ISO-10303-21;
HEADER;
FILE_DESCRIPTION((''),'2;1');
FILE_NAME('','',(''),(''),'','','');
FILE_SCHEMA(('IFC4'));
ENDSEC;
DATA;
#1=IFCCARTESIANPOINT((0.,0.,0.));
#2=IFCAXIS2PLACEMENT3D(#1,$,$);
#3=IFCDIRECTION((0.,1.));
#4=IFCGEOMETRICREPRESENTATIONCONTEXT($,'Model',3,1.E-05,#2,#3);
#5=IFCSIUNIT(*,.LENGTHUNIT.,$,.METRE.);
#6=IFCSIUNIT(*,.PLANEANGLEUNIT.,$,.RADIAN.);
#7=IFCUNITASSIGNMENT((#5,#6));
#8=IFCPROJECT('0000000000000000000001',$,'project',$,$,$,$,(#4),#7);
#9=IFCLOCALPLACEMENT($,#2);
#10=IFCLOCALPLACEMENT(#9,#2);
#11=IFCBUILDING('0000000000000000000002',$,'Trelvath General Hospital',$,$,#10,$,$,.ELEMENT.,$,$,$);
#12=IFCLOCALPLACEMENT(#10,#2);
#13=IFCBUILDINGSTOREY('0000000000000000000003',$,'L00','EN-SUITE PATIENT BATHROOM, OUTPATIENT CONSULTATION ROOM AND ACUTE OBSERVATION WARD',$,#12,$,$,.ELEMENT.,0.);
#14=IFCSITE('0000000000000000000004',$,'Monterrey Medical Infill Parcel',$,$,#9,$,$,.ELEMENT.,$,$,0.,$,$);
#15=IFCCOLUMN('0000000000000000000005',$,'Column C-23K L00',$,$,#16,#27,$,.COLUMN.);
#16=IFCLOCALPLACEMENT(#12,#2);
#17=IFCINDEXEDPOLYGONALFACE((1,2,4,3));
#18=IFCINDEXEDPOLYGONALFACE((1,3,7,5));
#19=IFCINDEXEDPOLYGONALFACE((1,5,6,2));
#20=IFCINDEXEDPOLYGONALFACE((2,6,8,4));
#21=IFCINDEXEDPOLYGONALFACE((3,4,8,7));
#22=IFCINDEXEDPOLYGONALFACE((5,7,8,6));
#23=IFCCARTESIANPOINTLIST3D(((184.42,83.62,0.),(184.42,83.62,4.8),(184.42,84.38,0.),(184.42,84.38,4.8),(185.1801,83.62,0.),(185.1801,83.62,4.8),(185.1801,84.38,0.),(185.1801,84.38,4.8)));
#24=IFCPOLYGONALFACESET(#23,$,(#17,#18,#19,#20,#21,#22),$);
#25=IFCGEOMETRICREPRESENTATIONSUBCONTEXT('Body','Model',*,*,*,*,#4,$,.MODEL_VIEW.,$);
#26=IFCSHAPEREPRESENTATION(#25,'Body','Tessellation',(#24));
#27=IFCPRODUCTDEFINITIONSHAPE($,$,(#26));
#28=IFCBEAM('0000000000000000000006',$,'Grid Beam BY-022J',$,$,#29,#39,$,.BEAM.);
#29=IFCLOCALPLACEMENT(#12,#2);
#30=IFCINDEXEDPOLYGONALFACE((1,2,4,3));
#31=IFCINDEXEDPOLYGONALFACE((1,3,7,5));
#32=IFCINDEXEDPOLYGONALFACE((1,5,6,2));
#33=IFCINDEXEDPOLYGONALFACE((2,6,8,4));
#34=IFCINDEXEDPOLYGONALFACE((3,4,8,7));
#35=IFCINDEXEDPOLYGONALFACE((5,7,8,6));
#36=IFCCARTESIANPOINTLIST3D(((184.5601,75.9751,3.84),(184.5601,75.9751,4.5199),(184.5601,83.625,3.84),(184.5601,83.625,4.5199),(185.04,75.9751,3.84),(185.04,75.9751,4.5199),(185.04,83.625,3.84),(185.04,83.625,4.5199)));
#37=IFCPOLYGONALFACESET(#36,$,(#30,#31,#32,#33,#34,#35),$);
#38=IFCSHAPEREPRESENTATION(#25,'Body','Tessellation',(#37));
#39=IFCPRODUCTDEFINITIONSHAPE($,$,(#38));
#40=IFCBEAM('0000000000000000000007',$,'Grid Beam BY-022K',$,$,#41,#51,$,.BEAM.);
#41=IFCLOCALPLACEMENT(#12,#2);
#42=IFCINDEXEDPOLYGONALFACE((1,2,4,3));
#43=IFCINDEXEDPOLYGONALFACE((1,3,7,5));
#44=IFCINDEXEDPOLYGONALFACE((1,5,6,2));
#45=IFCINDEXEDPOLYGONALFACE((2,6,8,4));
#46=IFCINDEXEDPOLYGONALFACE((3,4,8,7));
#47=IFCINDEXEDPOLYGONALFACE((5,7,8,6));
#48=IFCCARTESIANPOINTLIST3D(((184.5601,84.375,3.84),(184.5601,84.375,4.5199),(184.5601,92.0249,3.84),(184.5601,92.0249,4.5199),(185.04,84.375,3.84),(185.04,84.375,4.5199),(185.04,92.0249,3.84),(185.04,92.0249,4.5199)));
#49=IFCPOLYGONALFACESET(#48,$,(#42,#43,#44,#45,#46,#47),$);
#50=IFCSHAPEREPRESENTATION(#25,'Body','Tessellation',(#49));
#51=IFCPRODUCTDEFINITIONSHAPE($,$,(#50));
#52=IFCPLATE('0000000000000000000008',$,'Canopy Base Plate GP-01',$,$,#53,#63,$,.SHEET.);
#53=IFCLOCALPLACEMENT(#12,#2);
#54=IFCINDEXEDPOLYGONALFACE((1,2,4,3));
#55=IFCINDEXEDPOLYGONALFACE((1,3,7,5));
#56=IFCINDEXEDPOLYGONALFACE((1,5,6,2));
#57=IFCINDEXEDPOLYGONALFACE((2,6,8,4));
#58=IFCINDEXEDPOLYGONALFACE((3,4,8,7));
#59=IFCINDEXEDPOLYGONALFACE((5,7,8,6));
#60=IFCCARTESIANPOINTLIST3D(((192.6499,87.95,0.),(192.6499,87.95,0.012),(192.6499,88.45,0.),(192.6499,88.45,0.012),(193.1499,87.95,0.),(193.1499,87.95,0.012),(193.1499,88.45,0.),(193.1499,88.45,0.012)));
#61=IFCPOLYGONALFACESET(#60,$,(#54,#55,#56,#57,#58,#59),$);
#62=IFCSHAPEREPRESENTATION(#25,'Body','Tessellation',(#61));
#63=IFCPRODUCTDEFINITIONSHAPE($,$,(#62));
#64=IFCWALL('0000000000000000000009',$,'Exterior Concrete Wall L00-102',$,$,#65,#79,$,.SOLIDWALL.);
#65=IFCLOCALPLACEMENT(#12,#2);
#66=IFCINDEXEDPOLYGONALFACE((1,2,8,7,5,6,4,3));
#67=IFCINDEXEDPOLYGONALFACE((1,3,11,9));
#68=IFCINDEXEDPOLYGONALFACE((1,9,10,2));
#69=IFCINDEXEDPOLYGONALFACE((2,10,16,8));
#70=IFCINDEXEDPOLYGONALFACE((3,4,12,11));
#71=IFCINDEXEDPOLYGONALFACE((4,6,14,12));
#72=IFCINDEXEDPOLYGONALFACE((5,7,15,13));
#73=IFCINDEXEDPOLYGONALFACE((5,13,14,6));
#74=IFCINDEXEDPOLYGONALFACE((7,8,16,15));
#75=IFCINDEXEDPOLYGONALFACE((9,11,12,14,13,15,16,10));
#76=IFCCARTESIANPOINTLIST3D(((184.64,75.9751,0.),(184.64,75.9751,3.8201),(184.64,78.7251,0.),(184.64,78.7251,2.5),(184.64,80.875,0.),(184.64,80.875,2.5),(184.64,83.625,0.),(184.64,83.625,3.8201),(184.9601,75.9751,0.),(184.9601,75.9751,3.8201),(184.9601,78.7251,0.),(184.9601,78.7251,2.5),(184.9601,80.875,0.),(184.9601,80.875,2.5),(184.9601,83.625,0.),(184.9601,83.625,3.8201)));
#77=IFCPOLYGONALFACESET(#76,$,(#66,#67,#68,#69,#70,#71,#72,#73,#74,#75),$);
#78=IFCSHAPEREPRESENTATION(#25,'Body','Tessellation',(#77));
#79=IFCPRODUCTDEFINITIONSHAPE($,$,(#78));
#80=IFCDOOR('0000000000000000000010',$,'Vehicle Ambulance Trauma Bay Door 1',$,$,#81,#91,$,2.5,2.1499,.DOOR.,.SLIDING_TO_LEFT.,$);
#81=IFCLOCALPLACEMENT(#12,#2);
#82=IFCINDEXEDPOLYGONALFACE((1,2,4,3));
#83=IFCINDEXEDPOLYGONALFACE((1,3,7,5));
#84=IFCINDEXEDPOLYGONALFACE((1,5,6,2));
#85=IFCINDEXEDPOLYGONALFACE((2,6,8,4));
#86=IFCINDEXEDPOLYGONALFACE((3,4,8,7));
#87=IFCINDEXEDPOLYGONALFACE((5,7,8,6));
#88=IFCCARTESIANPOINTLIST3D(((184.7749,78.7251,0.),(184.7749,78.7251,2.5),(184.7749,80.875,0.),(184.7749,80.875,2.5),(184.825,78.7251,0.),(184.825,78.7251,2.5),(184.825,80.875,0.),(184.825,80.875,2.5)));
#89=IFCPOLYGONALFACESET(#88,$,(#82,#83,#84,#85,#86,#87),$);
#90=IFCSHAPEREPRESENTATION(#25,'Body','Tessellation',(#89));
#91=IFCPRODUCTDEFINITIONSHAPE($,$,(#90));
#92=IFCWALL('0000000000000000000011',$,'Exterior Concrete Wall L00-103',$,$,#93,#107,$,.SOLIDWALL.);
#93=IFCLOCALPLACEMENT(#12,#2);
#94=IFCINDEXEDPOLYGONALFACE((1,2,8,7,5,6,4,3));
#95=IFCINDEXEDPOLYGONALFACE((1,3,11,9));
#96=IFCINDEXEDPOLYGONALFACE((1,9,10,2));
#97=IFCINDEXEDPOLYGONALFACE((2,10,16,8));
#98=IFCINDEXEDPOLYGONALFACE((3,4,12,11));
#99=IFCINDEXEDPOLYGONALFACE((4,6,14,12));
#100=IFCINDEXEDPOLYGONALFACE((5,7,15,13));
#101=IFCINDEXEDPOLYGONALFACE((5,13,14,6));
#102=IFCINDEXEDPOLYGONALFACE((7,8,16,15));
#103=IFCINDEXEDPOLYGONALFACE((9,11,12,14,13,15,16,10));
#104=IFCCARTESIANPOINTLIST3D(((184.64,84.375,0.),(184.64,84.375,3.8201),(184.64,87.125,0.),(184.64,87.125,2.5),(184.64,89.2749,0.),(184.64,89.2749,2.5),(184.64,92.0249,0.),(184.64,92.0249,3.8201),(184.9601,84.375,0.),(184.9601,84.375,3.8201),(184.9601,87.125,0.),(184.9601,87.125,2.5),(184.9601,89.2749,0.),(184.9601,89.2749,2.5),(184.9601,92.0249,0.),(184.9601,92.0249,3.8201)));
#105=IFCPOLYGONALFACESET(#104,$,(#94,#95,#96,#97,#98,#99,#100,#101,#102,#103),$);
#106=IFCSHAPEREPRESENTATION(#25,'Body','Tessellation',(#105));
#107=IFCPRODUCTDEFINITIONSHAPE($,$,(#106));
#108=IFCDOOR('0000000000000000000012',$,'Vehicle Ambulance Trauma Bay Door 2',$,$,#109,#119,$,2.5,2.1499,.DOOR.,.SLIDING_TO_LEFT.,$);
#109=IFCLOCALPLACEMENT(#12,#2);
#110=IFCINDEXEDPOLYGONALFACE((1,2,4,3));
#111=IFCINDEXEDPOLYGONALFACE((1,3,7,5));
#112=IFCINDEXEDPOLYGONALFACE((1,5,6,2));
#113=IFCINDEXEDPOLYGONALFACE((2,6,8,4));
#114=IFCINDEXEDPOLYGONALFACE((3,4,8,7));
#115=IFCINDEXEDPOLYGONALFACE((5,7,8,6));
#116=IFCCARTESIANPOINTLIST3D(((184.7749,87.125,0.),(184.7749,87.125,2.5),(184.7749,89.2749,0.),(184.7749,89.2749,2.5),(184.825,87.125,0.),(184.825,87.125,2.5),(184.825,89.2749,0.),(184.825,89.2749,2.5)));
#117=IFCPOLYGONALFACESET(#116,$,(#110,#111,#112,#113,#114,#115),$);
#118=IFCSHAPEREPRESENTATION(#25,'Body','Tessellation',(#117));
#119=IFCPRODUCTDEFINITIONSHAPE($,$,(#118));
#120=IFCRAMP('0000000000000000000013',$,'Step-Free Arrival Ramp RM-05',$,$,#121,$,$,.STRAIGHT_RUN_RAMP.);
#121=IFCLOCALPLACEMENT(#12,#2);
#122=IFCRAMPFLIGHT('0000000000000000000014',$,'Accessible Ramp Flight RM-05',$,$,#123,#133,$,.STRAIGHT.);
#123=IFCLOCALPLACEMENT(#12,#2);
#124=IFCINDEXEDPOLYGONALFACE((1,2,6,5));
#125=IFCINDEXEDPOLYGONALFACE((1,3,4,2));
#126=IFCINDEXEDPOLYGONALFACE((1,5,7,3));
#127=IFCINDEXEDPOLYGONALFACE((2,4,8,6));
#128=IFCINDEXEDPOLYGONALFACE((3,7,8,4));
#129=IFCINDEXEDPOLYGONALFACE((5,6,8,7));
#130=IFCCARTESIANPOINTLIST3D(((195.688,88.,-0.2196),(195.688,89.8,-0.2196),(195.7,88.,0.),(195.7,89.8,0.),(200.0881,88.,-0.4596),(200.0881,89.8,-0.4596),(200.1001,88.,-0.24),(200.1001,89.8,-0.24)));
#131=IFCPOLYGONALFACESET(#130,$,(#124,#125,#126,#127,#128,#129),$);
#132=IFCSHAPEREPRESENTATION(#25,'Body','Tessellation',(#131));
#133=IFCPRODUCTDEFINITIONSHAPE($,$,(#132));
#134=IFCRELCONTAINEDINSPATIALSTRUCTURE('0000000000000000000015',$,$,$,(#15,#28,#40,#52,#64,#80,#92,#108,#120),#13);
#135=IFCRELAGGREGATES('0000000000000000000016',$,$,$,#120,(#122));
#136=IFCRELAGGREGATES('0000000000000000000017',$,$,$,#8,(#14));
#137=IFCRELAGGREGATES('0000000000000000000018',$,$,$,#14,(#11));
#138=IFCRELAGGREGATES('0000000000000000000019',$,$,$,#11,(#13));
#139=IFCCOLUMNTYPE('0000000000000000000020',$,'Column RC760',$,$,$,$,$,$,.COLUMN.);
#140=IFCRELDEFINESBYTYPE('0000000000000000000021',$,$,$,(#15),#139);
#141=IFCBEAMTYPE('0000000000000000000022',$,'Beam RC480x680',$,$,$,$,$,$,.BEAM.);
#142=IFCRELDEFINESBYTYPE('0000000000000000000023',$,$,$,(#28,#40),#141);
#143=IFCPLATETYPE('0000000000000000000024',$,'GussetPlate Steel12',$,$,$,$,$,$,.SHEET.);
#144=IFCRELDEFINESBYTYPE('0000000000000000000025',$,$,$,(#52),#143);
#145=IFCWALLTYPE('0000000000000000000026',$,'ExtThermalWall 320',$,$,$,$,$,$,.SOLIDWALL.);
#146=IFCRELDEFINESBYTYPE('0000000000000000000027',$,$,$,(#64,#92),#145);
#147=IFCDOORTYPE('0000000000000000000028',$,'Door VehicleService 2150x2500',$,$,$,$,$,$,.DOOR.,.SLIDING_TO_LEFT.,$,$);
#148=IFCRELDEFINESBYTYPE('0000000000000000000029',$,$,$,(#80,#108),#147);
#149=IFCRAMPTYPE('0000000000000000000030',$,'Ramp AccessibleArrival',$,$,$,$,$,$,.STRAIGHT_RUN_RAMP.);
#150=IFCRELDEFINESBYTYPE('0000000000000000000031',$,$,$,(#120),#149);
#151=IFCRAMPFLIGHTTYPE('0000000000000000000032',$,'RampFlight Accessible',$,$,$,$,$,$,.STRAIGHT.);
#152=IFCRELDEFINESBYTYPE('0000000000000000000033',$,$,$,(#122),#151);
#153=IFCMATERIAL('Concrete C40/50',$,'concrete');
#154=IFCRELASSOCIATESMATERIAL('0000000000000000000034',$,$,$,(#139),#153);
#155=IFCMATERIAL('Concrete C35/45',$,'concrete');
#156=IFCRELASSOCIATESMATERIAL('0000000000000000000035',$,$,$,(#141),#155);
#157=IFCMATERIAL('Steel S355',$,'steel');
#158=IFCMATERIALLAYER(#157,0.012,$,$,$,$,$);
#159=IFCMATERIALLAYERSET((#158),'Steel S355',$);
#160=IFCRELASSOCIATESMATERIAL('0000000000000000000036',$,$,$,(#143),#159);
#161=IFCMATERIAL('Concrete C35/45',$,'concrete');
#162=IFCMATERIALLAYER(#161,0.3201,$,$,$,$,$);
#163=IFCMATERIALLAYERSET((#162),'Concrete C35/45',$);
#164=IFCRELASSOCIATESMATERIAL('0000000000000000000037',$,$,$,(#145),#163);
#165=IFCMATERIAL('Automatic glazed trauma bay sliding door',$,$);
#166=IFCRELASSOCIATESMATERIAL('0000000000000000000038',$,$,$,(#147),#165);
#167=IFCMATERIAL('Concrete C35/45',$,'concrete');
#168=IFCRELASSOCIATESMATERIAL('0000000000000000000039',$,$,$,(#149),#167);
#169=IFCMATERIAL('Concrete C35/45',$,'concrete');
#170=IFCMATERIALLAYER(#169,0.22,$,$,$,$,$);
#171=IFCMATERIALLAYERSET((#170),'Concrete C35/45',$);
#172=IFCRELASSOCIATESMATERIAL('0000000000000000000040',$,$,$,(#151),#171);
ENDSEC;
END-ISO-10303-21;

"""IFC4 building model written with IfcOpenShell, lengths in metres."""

from ifc_helpers import new_model, si_unit, direction, frame, frame_2d, origin, origin_2d, place, context, subcontext, project, spatial, polyline, rectangle, outline, extrude, material, layer, layer_set, material_profile, profile_set, type_object, element, fill, aggregate, save


model = new_model("IFC4")

# Units and contexts
model_context = context("Model", 3, precision=1e-05, world=origin(), true_north=direction((0.0, 1.0)))
body_context = subcontext(model_context, "Body", "Model", "MODEL_VIEW")
ifc_project = project(units=[si_unit("LENGTHUNIT", "METRE"), si_unit("PLANEANGLEUNIT", "RADIAN")], contexts=[model_context])

# Site, building, storey
site_placement = place(None, origin())
site = spatial("IfcSite", under=ifc_project, at=site_placement, Name="Monterrey Medical Infill Parcel", CompositionType="ELEMENT", RefElevation=0.0)
building_placement = place(site_placement, origin())
building = spatial("IfcBuilding", under=site, at=building_placement, Name="Trelvath General Hospital", CompositionType="ELEMENT")
storey_placement = place(building_placement, origin())
storey = spatial("IfcBuildingStorey", under=building, at=storey_placement, Name="L00", Description="EN-SUITE PATIENT BATHROOM, OUTPATIENT CONSULTATION ROOM AND ACUTE OBSERVATION WARD", CompositionType="ELEMENT", Elevation=0.0)

# Column
ifc_material_1 = material(Name="Concrete C40/50", Category="concrete")
ifc_material_profile_1 = material_profile(ifc_material_1, rectangle(XDim=0.76, YDim=0.76, at=origin_2d()), Name="RC760x760")
ifc_profile_set_1 = profile_set([ifc_material_profile_1], Name="Concrete C40/50")
column_type_1 = type_object("IfcColumnType", Name="Column RC760", PredefinedType="COLUMN", material=ifc_profile_set_1)
column_1_placement = place(storey_placement, frame((184.8, 84.0, 0.0), z_axis=(0.0, 0.0, 1.0), x_axis=(1.0, 0.0, 0.0)))
element("IfcColumn", 1, at=column_1_placement, inside=storey, type_object=column_type_1, Name="Column C-23K L00", PredefinedType="COLUMN", context=body_context, shape_type="SweptSolid", body=[
    extrude(rectangle(XDim=0.76, YDim=0.76, at=origin_2d()), origin(), (0.0, 0.0, 1.0), 4.8),
])

# Beams
ifc_material_2 = material(Name="Concrete C35/45", Category="concrete")
ifc_material_profile_2 = material_profile(ifc_material_2, rectangle(XDim=0.48, YDim=0.6799, at=origin_2d()), Name="RCB480x680")
ifc_profile_set_2 = profile_set([ifc_material_profile_2], Name="Concrete C35/45")
beam_type = type_object("IfcBeamType", Name="Beam RC480x680", PredefinedType="BEAM", material=ifc_profile_set_2)
for number, where, z_axis, x_axis, name in (
    (2, (184.8, 75.9751, 4.1799), (0.0, 1.0, 0.0), (-1.0, 0.0, 0.0), "Grid Beam BY-022J"),
    (3, (184.8, 84.375, 4.1799), (0.0, 1.0, 0.0), (-1.0, 0.0, 0.0), "Grid Beam BY-022K"),
):
    element("IfcBeam", number, at=place(storey_placement, frame(where, z_axis=z_axis, x_axis=x_axis)), inside=storey, type_object=beam_type, Name=name, PredefinedType="BEAM", context=body_context, shape_type="SweptSolid", body=[
        extrude(rectangle(XDim=0.48, YDim=0.6799, at=origin_2d()), origin(), (0.0, 0.0, 1.0), 7.6499),
    ])

# Plate
ifc_material_3 = material(Name="Steel S355", Category="steel")
ifc_layer_1 = layer(ifc_material_3, 0.012)
ifc_layer_set_1 = layer_set([ifc_layer_1], Name="Steel S355")
plate_type = type_object("IfcPlateType", Name="GussetPlate Steel12", PredefinedType="SHEET", material=ifc_layer_set_1)
plate_placement = place(storey_placement, frame((192.8999, 88.2, 0.0), z_axis=(0.0, 0.0, 1.0), x_axis=(1.0, 0.0, 0.0)))
element("IfcPlate", 4, at=plate_placement, inside=storey, type_object=plate_type, Name="Canopy Base Plate GP-01", PredefinedType="SHEET", context=body_context, shape_type="SweptSolid", body=[
    extrude(rectangle(XDim=0.5, YDim=0.5, at=origin_2d()), origin(), (0.0, 0.0, 1.0), 0.012),
])

# Walls, openings, doors
ifc_material_4 = material(Name="Concrete C35/45", Category="concrete")
ifc_layer_2 = layer(ifc_material_4, 0.3201)
ifc_layer_set_2 = layer_set([ifc_layer_2], Name="Concrete C35/45")
wall_type_1 = type_object("IfcWallType", Name="ExtThermalWall 320", PredefinedType="SOLIDWALL", material=ifc_layer_set_2)
wall_1_placement = place(storey_placement, frame((184.8, 83.625, 0.0), z_axis=(0.0, 0.0, 1.0), x_axis=(0.0, -1.0, 0.0)))
wall_1 = element("IfcWall", 5, at=wall_1_placement, inside=storey, type_object=wall_type_1, Name="Exterior Concrete Wall L00-102", PredefinedType="SOLIDWALL", context=body_context, shape_type="SweptSolid", body=[
    extrude(rectangle(XDim=7.6499, YDim=0.3201, at=frame_2d((3.825, 0.0))), origin(), (0.0, 0.0, 1.0), 3.8201),
])
opening_1_placement = place(wall_1_placement, frame((2.75, 0.0, 0.0)))
opening_1 = element("IfcOpeningElement", 6, at=opening_1_placement, cuts=wall_1, PredefinedType="OPENING", context=body_context, shape_type="SweptSolid", body=[
    extrude(rectangle(XDim=2.1499, YDim=2.5, at=frame_2d((1.075, 1.25))), frame((0.0, 0.1699, 0.0), z_axis=(0.0, -1.0, 0.0), x_axis=(1.0, 0.0, 0.0)), (0.0, 0.0, 1.0), 0.3401),
])
ifc_material_5 = material(Name="Automatic glazed trauma bay sliding door")
door_type_1 = type_object("IfcDoorType", Name="Door VehicleService 2150x2500", OperationType="SLIDING_TO_LEFT", PredefinedType="DOOR", material=ifc_material_5)
door_1_placement = place(opening_1_placement, origin())
door_1 = element("IfcDoor", 7, at=door_1_placement, inside=storey, type_object=door_type_1, Name="Vehicle Ambulance Trauma Bay Door 1", OperationType="SLIDING_TO_LEFT", OverallHeight=2.5, OverallWidth=2.1499, PredefinedType="DOOR", context=body_context, shape_type="SweptSolid", body=[
    extrude(rectangle(XDim=2.1499, YDim=2.5, at=frame_2d((1.075, 1.25))), frame((0.0, 0.0249, 0.0), z_axis=(0.0, -1.0, 0.0), x_axis=(1.0, 0.0, 0.0)), (0.0, 0.0, 1.0), 0.05),
])
fill(opening_1, door_1)
wall_2_placement = place(storey_placement, frame((184.8, 92.0249, 0.0), z_axis=(0.0, 0.0, 1.0), x_axis=(0.0, -1.0, 0.0)))
wall_2 = element("IfcWall", 8, at=wall_2_placement, inside=storey, type_object=wall_type_1, Name="Exterior Concrete Wall L00-103", PredefinedType="SOLIDWALL", context=body_context, shape_type="SweptSolid", body=[
    extrude(rectangle(XDim=7.6499, YDim=0.3201, at=frame_2d((3.825, 0.0))), origin(), (0.0, 0.0, 1.0), 3.8201),
])
opening_2_placement = place(wall_2_placement, frame((2.75, 0.0, 0.0)))
opening_2 = element("IfcOpeningElement", 9, at=opening_2_placement, cuts=wall_2, PredefinedType="OPENING", context=body_context, shape_type="SweptSolid", body=[
    extrude(rectangle(XDim=2.1499, YDim=2.5, at=frame_2d((1.075, 1.25))), frame((0.0, 0.1699, 0.0), z_axis=(0.0, -1.0, 0.0), x_axis=(1.0, 0.0, 0.0)), (0.0, 0.0, 1.0), 0.3401),
])
door_2_placement = place(opening_2_placement, origin())
door_2 = element("IfcDoor", 10, at=door_2_placement, inside=storey, type_object=door_type_1, Name="Vehicle Ambulance Trauma Bay Door 2", OperationType="SLIDING_TO_LEFT", OverallHeight=2.5, OverallWidth=2.1499, PredefinedType="DOOR", context=body_context, shape_type="SweptSolid", body=[
    extrude(rectangle(XDim=2.1499, YDim=2.5, at=frame_2d((1.075, 1.25))), frame((0.0, 0.0249, 0.0), z_axis=(0.0, -1.0, 0.0), x_axis=(1.0, 0.0, 0.0)), (0.0, 0.0, 1.0), 0.05),
])
fill(opening_2, door_2)

# Ramp, ramp flight
ifc_material_6 = material(Name="Concrete C35/45", Category="concrete")
ramp_type = type_object("IfcRampType", Name="Ramp AccessibleArrival", PredefinedType="STRAIGHT_RUN_RAMP", material=ifc_material_6)
ramp_placement = place(storey_placement, origin())
ramp = element("IfcRamp", 11, at=ramp_placement, inside=storey, type_object=ramp_type, Name="Step-Free Arrival Ramp RM-05", PredefinedType="STRAIGHT_RUN_RAMP")
ifc_material_7 = material(Name="Concrete C35/45", Category="concrete")
ifc_layer_3 = layer(ifc_material_7, 0.22)
ifc_layer_set_3 = layer_set([ifc_layer_3], Name="Concrete C35/45")
ramp_flight_type = type_object("IfcRampFlightType", Name="RampFlight Accessible", PredefinedType="STRAIGHT", material=ifc_layer_set_3)
ramp_flight_placement = place(storey_placement, frame((195.7, 88.0, 0.0), z_axis=(0.05446, 0.0, 0.998516), x_axis=(0.998516, 0.0, -0.05446)))
ramp_flight = element("IfcRampFlight", 12, at=ramp_flight_placement, type_object=ramp_flight_type, Name="Accessible Ramp Flight RM-05", PredefinedType="STRAIGHT", context=body_context, shape_type="SweptSolid", body=[
    extrude(outline(polyline([(0.0, 0.0), (4.4067, 0.0), (4.4067, 1.8), (0.0, 1.8), (0.0, 0.0)])), origin(), (0.0, 0.0, -1.0), 0.22),
])
aggregate(ramp, [ramp_flight])

save(model, "model.ifc")
